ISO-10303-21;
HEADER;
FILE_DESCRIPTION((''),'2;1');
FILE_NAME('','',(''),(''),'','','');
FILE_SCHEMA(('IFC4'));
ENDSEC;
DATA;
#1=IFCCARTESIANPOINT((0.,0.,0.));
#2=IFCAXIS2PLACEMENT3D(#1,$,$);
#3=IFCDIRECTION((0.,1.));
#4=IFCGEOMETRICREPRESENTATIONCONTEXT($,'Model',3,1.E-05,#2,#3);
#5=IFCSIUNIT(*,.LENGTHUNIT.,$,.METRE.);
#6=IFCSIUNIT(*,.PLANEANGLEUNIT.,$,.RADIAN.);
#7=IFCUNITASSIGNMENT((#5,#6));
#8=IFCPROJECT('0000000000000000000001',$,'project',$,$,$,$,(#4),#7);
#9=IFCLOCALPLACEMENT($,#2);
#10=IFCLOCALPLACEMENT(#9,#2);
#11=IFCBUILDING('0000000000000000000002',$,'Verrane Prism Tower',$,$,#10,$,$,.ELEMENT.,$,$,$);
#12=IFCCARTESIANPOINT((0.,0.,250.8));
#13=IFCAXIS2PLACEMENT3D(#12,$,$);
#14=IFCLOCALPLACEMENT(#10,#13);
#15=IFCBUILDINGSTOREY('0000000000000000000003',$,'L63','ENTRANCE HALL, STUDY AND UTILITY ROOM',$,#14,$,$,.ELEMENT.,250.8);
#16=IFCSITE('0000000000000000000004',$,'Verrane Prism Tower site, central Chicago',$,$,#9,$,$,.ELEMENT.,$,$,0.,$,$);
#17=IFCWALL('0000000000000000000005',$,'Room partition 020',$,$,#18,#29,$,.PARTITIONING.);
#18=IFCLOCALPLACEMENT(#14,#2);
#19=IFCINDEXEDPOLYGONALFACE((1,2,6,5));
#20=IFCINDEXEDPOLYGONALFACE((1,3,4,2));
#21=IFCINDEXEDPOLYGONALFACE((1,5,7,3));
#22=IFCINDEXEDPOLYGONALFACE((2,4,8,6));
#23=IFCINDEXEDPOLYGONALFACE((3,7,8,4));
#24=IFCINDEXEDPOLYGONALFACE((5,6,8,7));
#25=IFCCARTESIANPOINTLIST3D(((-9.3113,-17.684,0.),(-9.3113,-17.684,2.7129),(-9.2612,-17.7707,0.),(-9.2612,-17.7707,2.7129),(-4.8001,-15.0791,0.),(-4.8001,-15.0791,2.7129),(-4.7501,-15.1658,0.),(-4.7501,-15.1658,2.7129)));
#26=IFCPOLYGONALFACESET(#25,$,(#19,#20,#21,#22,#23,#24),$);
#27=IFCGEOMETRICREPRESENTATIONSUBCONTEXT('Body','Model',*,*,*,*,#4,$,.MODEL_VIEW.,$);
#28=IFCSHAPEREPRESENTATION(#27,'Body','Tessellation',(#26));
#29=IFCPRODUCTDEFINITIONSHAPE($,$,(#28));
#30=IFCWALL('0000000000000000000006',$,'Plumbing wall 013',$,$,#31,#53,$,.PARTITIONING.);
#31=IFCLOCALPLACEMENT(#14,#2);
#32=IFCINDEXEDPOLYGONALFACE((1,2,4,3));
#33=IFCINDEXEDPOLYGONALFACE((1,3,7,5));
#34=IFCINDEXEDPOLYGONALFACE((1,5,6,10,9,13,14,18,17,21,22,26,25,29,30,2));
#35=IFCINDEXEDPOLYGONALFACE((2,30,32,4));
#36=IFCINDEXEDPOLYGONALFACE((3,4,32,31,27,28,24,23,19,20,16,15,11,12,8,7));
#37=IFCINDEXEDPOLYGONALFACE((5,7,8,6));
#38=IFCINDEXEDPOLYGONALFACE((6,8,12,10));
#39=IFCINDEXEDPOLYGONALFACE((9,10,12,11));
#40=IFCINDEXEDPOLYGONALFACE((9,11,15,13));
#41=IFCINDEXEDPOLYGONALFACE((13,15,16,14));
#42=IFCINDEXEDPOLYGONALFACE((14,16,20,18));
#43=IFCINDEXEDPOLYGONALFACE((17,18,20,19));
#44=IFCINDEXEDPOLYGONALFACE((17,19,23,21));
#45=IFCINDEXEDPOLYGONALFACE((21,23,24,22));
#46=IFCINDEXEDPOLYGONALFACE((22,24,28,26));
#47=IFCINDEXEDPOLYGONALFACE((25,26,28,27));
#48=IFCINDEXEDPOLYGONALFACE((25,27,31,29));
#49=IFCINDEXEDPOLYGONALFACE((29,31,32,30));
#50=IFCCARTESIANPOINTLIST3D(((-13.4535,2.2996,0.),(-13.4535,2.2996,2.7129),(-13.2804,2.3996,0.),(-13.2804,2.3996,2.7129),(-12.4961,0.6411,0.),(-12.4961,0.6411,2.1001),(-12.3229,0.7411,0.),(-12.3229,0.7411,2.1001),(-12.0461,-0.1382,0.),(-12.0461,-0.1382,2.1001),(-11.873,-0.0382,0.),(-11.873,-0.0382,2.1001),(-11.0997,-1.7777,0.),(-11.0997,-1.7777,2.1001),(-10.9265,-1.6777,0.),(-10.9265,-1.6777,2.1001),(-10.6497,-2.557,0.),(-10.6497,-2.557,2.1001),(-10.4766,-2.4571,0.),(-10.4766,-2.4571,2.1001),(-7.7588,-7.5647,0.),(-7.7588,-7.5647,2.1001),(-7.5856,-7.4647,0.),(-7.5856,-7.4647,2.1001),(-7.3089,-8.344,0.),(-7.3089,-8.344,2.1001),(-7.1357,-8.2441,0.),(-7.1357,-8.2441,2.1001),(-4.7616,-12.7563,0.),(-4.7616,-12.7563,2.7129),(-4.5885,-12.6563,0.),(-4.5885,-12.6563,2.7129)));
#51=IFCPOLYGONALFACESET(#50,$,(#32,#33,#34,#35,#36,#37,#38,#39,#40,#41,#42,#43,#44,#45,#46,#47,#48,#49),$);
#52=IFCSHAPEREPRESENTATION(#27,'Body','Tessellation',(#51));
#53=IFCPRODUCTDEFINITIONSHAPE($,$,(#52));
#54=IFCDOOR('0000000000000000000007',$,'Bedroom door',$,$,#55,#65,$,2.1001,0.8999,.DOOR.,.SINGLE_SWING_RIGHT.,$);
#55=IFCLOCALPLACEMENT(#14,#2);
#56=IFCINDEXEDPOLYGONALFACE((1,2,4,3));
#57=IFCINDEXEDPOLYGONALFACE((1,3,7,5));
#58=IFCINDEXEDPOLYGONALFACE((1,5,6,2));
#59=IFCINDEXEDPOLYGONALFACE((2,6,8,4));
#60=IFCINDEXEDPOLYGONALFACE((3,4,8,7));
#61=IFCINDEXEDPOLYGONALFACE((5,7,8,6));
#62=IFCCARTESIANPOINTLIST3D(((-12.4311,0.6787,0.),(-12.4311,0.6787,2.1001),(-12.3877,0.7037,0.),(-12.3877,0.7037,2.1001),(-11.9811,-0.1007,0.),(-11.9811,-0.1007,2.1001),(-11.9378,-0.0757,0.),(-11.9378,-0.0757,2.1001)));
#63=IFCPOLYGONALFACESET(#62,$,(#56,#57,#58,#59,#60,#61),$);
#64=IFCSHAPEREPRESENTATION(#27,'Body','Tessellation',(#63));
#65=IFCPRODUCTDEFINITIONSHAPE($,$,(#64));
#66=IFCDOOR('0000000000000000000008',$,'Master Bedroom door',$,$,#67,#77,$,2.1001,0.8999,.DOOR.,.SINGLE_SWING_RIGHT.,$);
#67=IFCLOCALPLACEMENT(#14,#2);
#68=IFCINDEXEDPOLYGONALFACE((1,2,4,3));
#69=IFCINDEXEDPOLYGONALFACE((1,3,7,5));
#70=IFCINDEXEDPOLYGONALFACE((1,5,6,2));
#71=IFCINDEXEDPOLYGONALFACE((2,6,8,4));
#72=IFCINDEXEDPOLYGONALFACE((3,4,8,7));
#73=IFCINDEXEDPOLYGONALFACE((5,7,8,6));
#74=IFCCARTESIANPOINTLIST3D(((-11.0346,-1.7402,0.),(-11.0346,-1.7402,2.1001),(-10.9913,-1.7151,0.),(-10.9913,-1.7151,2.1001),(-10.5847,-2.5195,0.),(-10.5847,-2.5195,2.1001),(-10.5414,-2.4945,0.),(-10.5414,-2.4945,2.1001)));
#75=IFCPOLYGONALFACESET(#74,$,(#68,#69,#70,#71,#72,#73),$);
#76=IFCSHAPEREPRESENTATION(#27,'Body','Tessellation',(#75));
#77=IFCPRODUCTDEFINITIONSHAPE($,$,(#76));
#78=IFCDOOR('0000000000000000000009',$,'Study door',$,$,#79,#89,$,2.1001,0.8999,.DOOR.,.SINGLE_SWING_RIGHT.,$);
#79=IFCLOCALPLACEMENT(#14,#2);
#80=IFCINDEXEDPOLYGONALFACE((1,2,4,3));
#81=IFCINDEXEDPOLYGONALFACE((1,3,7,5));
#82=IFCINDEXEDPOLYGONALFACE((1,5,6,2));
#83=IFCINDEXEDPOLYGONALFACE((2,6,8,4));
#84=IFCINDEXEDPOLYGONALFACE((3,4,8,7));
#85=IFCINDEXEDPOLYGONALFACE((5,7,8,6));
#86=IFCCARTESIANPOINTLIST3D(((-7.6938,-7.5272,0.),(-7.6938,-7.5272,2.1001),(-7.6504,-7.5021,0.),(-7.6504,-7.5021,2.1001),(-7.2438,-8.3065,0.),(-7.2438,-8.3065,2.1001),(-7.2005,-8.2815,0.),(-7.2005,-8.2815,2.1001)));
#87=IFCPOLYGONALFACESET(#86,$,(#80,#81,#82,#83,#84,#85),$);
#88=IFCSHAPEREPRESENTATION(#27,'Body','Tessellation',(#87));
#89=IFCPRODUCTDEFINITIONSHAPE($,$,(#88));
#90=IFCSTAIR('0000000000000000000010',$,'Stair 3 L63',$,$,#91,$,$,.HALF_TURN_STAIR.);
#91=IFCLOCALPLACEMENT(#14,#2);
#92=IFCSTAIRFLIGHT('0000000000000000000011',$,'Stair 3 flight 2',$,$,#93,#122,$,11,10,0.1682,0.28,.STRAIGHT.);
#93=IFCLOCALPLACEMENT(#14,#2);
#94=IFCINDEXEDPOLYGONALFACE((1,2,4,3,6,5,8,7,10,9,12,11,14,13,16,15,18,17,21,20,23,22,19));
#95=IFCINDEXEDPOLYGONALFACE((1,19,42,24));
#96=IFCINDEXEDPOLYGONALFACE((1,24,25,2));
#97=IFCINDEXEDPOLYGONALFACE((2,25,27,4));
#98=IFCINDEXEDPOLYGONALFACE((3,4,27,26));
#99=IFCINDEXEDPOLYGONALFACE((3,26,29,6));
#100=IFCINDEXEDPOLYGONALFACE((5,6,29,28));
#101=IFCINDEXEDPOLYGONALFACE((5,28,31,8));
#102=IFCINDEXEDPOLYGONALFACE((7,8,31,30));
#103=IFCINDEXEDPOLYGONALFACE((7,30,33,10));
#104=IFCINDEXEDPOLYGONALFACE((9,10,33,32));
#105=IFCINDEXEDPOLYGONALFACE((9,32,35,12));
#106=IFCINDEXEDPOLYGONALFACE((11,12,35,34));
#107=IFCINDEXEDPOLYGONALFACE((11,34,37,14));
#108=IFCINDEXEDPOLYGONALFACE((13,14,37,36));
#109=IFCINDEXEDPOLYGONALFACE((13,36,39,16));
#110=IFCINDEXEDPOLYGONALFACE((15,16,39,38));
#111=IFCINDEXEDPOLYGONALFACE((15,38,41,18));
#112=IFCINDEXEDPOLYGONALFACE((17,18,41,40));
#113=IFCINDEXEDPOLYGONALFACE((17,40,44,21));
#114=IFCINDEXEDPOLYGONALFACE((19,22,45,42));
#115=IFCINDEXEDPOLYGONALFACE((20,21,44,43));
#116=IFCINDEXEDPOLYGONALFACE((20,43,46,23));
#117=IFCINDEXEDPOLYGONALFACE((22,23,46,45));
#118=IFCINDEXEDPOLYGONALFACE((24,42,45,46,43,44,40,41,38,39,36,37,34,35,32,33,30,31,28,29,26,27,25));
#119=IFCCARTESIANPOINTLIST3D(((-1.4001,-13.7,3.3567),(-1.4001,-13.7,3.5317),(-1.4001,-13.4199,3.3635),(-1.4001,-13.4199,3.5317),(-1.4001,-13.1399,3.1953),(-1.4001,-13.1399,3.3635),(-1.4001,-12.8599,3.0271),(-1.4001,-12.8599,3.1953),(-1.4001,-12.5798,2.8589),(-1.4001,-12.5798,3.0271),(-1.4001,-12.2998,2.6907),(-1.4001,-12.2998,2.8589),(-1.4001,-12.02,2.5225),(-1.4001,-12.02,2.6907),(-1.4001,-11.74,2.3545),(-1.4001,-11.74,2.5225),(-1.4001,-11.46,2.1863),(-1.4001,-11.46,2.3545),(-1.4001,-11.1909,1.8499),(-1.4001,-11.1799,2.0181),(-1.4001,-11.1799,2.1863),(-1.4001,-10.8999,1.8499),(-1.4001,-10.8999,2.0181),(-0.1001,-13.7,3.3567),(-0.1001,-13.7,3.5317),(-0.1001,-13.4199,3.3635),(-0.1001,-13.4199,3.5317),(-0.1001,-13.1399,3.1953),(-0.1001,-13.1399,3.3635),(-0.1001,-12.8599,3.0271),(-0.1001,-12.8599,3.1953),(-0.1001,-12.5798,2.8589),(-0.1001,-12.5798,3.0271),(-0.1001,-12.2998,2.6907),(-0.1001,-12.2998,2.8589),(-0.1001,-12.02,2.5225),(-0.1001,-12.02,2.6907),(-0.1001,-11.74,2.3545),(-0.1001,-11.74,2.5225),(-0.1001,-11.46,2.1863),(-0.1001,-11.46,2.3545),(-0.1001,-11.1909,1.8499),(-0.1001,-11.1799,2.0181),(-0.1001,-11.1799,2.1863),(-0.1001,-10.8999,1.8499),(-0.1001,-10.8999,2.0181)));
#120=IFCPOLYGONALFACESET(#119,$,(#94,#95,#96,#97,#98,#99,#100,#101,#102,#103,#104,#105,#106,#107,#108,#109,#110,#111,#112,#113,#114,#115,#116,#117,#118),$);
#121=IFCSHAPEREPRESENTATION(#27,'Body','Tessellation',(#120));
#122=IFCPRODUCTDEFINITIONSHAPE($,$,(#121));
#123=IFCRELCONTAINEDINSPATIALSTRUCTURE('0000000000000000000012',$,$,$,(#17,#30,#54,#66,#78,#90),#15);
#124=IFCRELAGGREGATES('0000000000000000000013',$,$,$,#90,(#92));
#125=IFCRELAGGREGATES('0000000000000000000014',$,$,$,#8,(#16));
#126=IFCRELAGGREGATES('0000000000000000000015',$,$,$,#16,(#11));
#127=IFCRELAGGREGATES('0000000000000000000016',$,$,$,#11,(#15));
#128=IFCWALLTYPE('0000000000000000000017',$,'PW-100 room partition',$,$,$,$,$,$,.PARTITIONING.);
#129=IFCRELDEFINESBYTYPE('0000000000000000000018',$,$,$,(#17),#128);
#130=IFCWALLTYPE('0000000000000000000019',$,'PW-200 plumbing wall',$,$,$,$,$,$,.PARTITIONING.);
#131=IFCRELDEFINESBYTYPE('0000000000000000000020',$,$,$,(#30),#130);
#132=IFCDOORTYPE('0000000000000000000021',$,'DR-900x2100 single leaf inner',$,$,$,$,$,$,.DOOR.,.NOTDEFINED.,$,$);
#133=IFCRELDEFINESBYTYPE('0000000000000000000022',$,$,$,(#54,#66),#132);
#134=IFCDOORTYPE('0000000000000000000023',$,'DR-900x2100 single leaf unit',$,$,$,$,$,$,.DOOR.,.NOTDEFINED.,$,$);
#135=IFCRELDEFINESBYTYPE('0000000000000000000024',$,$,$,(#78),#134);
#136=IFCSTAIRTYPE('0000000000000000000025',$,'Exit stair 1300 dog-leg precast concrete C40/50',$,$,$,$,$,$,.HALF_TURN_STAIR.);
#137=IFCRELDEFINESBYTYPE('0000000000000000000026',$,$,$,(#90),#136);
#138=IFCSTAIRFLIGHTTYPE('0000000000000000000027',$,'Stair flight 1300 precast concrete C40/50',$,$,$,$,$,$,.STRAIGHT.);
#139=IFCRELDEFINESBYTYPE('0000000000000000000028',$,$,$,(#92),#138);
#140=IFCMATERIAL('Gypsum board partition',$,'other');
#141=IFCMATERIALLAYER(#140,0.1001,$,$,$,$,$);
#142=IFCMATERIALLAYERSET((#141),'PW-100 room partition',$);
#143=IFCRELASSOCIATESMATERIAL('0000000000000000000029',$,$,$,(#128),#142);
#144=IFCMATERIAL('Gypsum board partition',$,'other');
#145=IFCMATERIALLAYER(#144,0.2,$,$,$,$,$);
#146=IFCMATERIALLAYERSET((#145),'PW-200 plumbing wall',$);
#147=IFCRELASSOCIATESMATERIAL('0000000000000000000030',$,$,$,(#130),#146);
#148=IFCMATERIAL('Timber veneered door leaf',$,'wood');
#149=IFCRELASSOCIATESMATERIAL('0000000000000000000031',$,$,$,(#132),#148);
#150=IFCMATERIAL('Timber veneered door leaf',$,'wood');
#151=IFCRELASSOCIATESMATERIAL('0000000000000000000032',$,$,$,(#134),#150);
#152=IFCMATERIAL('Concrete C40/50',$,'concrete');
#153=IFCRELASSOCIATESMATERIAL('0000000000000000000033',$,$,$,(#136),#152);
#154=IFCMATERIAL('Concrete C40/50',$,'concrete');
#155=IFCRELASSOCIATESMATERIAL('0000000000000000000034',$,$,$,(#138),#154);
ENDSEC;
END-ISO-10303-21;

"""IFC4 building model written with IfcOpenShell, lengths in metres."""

from ifc_helpers import new_model, si_unit, direction, frame, frame_2d, origin, place, context, subcontext, project, spatial, polyline, rectangle, outline, extrude, material, layer, layer_set, type_object, element, fill, aggregate, save


model = new_model("IFC4")

# Units and contexts
model_context = context("Model", 3, precision=1e-05, world=origin(), true_north=direction((0.0, 1.0)))
body_context = subcontext(model_context, "Body", "Model", "MODEL_VIEW")
ifc_project = project(units=[si_unit("LENGTHUNIT", "METRE"), si_unit("PLANEANGLEUNIT", "RADIAN")], contexts=[model_context])

# Site, building, storey
site_placement = place(None, origin())
site = spatial("IfcSite", under=ifc_project, at=site_placement, Name="Verrane Prism Tower site, central Chicago", CompositionType="ELEMENT", RefElevation=0.0)
building_placement = place(site_placement, origin())
building = spatial("IfcBuilding", under=site, at=building_placement, Name="Verrane Prism Tower", CompositionType="ELEMENT")
storey_placement = place(building_placement, frame((0.0, 0.0, 250.8)))
storey = spatial("IfcBuildingStorey", under=building, at=storey_placement, Name="L63", Description="ENTRANCE HALL, STUDY AND UTILITY ROOM", CompositionType="ELEMENT", Elevation=250.8)

# Wall
ifc_material_1 = material(Name="Gypsum board partition", Category="other")
ifc_layer_1 = layer(ifc_material_1, 0.1001)
ifc_layer_set_1 = layer_set([ifc_layer_1], Name="PW-100 room partition")
wall_type_1 = type_object("IfcWallType", Name="PW-100 room partition", PredefinedType="PARTITIONING", material=ifc_layer_set_1)
wall_1_placement = place(storey_placement, frame((-9.2861, -17.7273, 0.0), z_axis=(0.0, 0.0, 1.0), x_axis=(0.86599, 0.500061, 0.0)))
element("IfcWall", 1, at=wall_1_placement, inside=storey, type_object=wall_type_1, Name="Room partition 020", PredefinedType="PARTITIONING", context=body_context, shape_type="SweptSolid", body=[
    extrude(rectangle(XDim=5.2092, YDim=0.1001, at=frame_2d((2.6045, 0.0))), origin(), (0.0, 0.0, 1.0), 2.7129),
])

# Wall, openings, doors
ifc_material_2 = material(Name="Gypsum board partition", Category="other")
ifc_layer_2 = layer(ifc_material_2, 0.2)
ifc_layer_set_2 = layer_set([ifc_layer_2], Name="PW-200 plumbing wall")
wall_type_2 = type_object("IfcWallType", Name="PW-200 plumbing wall", PredefinedType="PARTITIONING", material=ifc_layer_set_2)
wall_2_placement = place(storey_placement, frame((-4.675, -12.7063, 0.0), z_axis=(0.0, 0.0, 1.0), x_axis=(-0.499972, 0.866041, 0.0)))
wall_2 = element("IfcWall", 2, at=wall_2_placement, inside=storey, type_object=wall_type_2, Name="Plumbing wall 013", PredefinedType="PARTITIONING", context=body_context, shape_type="SweptSolid", body=[
    extrude(rectangle(XDim=17.3848, YDim=0.2, at=frame_2d((8.6924, 0.0))), origin(), (0.0, 0.0, 1.0), 2.7129),
])
opening_1_placement = place(wall_2_placement, frame((14.5698, 0.0, 0.0)))
opening_1 = element("IfcOpeningElement", 3, at=opening_1_placement, cuts=wall_2, PredefinedType="OPENING", context=body_context, shape_type="SweptSolid", body=[
    extrude(rectangle(XDim=0.8999, YDim=2.1001, at=frame_2d((0.45, 1.05))), frame((0.0, 0.1099, 0.0), z_axis=(0.0, -1.0, 0.0), x_axis=(1.0, 0.0, 0.0)), (0.0, 0.0, 1.0), 0.22),
])
opening_2_placement = place(wall_2_placement, frame((11.7769, 0.0, 0.0)))
opening_2 = element("IfcOpeningElement", 4, at=opening_2_placement, cuts=wall_2, PredefinedType="OPENING", context=body_context, shape_type="SweptSolid", body=[
    extrude(rectangle(XDim=0.8999, YDim=2.1001, at=frame_2d((0.45, 1.05))), frame((0.0, 0.1099, 0.0), z_axis=(0.0, -1.0, 0.0), x_axis=(1.0, 0.0, 0.0)), (0.0, 0.0, 1.0), 0.22),
])
opening_3_placement = place(wall_2_placement, frame((5.0947, 0.0, 0.0)))
opening_3 = element("IfcOpeningElement", 5, at=opening_3_placement, cuts=wall_2, PredefinedType="OPENING", context=body_context, shape_type="SweptSolid", body=[
    extrude(rectangle(XDim=0.8999, YDim=2.1001, at=frame_2d((0.45, 1.05))), frame((0.0, 0.1099, 0.0), z_axis=(0.0, -1.0, 0.0), x_axis=(1.0, 0.0, 0.0)), (0.0, 0.0, 1.0), 0.22),
])
ifc_material_3 = material(Name="Timber veneered door leaf", Category="wood")
door_type_1 = type_object("IfcDoorType", Name="DR-900x2100 single leaf inner", OperationType="NOTDEFINED", PredefinedType="DOOR", material=ifc_material_3)
door_1_placement = place(opening_1_placement, origin())
door_1 = element("IfcDoor", 6, at=door_1_placement, inside=storey, type_object=door_type_1, Name="Bedroom door", OperationType="SINGLE_SWING_RIGHT", OverallHeight=2.1001, OverallWidth=0.8999, PredefinedType="DOOR", context=body_context, shape_type="SweptSolid", body=[
    extrude(rectangle(XDim=0.8999, YDim=2.1001, at=frame_2d((0.45, 1.05))), frame((0.0, 0.0249, 0.0), z_axis=(0.0, -1.0, 0.0), x_axis=(1.0, 0.0, 0.0)), (0.0, 0.0, 1.0), 0.05),
])
fill(opening_1, door_1)
door_2_placement = place(opening_2_placement, origin())
door_2 = element("IfcDoor", 7, at=door_2_placement, inside=storey, type_object=door_type_1, Name="Master Bedroom door", OperationType="SINGLE_SWING_RIGHT", OverallHeight=2.1001, OverallWidth=0.8999, PredefinedType="DOOR", context=body_context, shape_type="SweptSolid", body=[
    extrude(rectangle(XDim=0.8999, YDim=2.1001, at=frame_2d((0.45, 1.05))), frame((0.0, 0.0249, 0.0), z_axis=(0.0, -1.0, 0.0), x_axis=(1.0, 0.0, 0.0)), (0.0, 0.0, 1.0), 0.05),
])
fill(opening_2, door_2)
ifc_material_4 = material(Name="Timber veneered door leaf", Category="wood")
door_type_2 = type_object("IfcDoorType", Name="DR-900x2100 single leaf unit", OperationType="NOTDEFINED", PredefinedType="DOOR", material=ifc_material_4)
door_3_placement = place(opening_3_placement, origin())
door_3 = element("IfcDoor", 8, at=door_3_placement, inside=storey, type_object=door_type_2, Name="Study door", OperationType="SINGLE_SWING_RIGHT", OverallHeight=2.1001, OverallWidth=0.8999, PredefinedType="DOOR", context=body_context, shape_type="SweptSolid", body=[
    extrude(rectangle(XDim=0.8999, YDim=2.1001, at=frame_2d((0.45, 1.05))), frame((0.0, 0.0249, 0.0), z_axis=(0.0, -1.0, 0.0), x_axis=(1.0, 0.0, 0.0)), (0.0, 0.0, 1.0), 0.05),
])
fill(opening_3, door_3)

# Stair, stair flight
ifc_material_5 = material(Name="Concrete C40/50", Category="concrete")
stair_type = type_object("IfcStairType", Name="Exit stair 1300 dog-leg precast concrete C40/50", PredefinedType="HALF_TURN_STAIR", material=ifc_material_5)
stair_placement = place(storey_placement, origin())
stair = element("IfcStair", 9, at=stair_placement, inside=storey, type_object=stair_type, Name="Stair 3 L63", PredefinedType="HALF_TURN_STAIR")
ifc_material_6 = material(Name="Concrete C40/50", Category="concrete")
stair_flight_type = type_object("IfcStairFlightType", Name="Stair flight 1300 precast concrete C40/50", PredefinedType="STRAIGHT", material=ifc_material_6)
stair_flight_placement = place(storey_placement, frame((-0.75, -10.8999, 1.8499), z_axis=(0.0, 0.0, 1.0), x_axis=(0.0, -1.0, 0.0)))
stair_flight = element("IfcStairFlight", 10, at=stair_flight_placement, type_object=stair_flight_type, Name="Stair 3 flight 2", NumberOfRisers=11, NumberOfTreads=10, PredefinedType="STRAIGHT", RiserHeight=0.1682, TreadLength=0.28, context=body_context, shape_type="SweptSolid", body=[
    extrude(outline(polyline([(0.0, 0.0), (0.0, 0.1682), (0.28, 0.1682), (0.28, 0.3364), (0.5601, 0.3364), (0.5601, 0.5046), (0.8401, 0.5046), (0.8401, 0.6726), (1.1201, 0.6726), (1.1201, 0.8408), (1.3999, 0.8408), (1.3999, 1.009), (1.6799, 1.009), (1.6799, 1.1772), (1.96, 1.1772), (1.96, 1.3455), (2.24, 1.3455), (2.24, 1.5137), (2.52, 1.5137), (2.52, 1.6819), (2.8, 1.6819), (2.8, 1.8501), (2.8, 1.5068), (0.291, 0.0), (0.0, 0.0)])), frame((0.0, 0.6499, 0.0), z_axis=(0.0, -1.0, 0.0), x_axis=(1.0, 0.0, 0.0)), (0.0, 0.0, 1.0), 1.3),
])
aggregate(stair, [stair_flight])

save(model, "model.ifc")
